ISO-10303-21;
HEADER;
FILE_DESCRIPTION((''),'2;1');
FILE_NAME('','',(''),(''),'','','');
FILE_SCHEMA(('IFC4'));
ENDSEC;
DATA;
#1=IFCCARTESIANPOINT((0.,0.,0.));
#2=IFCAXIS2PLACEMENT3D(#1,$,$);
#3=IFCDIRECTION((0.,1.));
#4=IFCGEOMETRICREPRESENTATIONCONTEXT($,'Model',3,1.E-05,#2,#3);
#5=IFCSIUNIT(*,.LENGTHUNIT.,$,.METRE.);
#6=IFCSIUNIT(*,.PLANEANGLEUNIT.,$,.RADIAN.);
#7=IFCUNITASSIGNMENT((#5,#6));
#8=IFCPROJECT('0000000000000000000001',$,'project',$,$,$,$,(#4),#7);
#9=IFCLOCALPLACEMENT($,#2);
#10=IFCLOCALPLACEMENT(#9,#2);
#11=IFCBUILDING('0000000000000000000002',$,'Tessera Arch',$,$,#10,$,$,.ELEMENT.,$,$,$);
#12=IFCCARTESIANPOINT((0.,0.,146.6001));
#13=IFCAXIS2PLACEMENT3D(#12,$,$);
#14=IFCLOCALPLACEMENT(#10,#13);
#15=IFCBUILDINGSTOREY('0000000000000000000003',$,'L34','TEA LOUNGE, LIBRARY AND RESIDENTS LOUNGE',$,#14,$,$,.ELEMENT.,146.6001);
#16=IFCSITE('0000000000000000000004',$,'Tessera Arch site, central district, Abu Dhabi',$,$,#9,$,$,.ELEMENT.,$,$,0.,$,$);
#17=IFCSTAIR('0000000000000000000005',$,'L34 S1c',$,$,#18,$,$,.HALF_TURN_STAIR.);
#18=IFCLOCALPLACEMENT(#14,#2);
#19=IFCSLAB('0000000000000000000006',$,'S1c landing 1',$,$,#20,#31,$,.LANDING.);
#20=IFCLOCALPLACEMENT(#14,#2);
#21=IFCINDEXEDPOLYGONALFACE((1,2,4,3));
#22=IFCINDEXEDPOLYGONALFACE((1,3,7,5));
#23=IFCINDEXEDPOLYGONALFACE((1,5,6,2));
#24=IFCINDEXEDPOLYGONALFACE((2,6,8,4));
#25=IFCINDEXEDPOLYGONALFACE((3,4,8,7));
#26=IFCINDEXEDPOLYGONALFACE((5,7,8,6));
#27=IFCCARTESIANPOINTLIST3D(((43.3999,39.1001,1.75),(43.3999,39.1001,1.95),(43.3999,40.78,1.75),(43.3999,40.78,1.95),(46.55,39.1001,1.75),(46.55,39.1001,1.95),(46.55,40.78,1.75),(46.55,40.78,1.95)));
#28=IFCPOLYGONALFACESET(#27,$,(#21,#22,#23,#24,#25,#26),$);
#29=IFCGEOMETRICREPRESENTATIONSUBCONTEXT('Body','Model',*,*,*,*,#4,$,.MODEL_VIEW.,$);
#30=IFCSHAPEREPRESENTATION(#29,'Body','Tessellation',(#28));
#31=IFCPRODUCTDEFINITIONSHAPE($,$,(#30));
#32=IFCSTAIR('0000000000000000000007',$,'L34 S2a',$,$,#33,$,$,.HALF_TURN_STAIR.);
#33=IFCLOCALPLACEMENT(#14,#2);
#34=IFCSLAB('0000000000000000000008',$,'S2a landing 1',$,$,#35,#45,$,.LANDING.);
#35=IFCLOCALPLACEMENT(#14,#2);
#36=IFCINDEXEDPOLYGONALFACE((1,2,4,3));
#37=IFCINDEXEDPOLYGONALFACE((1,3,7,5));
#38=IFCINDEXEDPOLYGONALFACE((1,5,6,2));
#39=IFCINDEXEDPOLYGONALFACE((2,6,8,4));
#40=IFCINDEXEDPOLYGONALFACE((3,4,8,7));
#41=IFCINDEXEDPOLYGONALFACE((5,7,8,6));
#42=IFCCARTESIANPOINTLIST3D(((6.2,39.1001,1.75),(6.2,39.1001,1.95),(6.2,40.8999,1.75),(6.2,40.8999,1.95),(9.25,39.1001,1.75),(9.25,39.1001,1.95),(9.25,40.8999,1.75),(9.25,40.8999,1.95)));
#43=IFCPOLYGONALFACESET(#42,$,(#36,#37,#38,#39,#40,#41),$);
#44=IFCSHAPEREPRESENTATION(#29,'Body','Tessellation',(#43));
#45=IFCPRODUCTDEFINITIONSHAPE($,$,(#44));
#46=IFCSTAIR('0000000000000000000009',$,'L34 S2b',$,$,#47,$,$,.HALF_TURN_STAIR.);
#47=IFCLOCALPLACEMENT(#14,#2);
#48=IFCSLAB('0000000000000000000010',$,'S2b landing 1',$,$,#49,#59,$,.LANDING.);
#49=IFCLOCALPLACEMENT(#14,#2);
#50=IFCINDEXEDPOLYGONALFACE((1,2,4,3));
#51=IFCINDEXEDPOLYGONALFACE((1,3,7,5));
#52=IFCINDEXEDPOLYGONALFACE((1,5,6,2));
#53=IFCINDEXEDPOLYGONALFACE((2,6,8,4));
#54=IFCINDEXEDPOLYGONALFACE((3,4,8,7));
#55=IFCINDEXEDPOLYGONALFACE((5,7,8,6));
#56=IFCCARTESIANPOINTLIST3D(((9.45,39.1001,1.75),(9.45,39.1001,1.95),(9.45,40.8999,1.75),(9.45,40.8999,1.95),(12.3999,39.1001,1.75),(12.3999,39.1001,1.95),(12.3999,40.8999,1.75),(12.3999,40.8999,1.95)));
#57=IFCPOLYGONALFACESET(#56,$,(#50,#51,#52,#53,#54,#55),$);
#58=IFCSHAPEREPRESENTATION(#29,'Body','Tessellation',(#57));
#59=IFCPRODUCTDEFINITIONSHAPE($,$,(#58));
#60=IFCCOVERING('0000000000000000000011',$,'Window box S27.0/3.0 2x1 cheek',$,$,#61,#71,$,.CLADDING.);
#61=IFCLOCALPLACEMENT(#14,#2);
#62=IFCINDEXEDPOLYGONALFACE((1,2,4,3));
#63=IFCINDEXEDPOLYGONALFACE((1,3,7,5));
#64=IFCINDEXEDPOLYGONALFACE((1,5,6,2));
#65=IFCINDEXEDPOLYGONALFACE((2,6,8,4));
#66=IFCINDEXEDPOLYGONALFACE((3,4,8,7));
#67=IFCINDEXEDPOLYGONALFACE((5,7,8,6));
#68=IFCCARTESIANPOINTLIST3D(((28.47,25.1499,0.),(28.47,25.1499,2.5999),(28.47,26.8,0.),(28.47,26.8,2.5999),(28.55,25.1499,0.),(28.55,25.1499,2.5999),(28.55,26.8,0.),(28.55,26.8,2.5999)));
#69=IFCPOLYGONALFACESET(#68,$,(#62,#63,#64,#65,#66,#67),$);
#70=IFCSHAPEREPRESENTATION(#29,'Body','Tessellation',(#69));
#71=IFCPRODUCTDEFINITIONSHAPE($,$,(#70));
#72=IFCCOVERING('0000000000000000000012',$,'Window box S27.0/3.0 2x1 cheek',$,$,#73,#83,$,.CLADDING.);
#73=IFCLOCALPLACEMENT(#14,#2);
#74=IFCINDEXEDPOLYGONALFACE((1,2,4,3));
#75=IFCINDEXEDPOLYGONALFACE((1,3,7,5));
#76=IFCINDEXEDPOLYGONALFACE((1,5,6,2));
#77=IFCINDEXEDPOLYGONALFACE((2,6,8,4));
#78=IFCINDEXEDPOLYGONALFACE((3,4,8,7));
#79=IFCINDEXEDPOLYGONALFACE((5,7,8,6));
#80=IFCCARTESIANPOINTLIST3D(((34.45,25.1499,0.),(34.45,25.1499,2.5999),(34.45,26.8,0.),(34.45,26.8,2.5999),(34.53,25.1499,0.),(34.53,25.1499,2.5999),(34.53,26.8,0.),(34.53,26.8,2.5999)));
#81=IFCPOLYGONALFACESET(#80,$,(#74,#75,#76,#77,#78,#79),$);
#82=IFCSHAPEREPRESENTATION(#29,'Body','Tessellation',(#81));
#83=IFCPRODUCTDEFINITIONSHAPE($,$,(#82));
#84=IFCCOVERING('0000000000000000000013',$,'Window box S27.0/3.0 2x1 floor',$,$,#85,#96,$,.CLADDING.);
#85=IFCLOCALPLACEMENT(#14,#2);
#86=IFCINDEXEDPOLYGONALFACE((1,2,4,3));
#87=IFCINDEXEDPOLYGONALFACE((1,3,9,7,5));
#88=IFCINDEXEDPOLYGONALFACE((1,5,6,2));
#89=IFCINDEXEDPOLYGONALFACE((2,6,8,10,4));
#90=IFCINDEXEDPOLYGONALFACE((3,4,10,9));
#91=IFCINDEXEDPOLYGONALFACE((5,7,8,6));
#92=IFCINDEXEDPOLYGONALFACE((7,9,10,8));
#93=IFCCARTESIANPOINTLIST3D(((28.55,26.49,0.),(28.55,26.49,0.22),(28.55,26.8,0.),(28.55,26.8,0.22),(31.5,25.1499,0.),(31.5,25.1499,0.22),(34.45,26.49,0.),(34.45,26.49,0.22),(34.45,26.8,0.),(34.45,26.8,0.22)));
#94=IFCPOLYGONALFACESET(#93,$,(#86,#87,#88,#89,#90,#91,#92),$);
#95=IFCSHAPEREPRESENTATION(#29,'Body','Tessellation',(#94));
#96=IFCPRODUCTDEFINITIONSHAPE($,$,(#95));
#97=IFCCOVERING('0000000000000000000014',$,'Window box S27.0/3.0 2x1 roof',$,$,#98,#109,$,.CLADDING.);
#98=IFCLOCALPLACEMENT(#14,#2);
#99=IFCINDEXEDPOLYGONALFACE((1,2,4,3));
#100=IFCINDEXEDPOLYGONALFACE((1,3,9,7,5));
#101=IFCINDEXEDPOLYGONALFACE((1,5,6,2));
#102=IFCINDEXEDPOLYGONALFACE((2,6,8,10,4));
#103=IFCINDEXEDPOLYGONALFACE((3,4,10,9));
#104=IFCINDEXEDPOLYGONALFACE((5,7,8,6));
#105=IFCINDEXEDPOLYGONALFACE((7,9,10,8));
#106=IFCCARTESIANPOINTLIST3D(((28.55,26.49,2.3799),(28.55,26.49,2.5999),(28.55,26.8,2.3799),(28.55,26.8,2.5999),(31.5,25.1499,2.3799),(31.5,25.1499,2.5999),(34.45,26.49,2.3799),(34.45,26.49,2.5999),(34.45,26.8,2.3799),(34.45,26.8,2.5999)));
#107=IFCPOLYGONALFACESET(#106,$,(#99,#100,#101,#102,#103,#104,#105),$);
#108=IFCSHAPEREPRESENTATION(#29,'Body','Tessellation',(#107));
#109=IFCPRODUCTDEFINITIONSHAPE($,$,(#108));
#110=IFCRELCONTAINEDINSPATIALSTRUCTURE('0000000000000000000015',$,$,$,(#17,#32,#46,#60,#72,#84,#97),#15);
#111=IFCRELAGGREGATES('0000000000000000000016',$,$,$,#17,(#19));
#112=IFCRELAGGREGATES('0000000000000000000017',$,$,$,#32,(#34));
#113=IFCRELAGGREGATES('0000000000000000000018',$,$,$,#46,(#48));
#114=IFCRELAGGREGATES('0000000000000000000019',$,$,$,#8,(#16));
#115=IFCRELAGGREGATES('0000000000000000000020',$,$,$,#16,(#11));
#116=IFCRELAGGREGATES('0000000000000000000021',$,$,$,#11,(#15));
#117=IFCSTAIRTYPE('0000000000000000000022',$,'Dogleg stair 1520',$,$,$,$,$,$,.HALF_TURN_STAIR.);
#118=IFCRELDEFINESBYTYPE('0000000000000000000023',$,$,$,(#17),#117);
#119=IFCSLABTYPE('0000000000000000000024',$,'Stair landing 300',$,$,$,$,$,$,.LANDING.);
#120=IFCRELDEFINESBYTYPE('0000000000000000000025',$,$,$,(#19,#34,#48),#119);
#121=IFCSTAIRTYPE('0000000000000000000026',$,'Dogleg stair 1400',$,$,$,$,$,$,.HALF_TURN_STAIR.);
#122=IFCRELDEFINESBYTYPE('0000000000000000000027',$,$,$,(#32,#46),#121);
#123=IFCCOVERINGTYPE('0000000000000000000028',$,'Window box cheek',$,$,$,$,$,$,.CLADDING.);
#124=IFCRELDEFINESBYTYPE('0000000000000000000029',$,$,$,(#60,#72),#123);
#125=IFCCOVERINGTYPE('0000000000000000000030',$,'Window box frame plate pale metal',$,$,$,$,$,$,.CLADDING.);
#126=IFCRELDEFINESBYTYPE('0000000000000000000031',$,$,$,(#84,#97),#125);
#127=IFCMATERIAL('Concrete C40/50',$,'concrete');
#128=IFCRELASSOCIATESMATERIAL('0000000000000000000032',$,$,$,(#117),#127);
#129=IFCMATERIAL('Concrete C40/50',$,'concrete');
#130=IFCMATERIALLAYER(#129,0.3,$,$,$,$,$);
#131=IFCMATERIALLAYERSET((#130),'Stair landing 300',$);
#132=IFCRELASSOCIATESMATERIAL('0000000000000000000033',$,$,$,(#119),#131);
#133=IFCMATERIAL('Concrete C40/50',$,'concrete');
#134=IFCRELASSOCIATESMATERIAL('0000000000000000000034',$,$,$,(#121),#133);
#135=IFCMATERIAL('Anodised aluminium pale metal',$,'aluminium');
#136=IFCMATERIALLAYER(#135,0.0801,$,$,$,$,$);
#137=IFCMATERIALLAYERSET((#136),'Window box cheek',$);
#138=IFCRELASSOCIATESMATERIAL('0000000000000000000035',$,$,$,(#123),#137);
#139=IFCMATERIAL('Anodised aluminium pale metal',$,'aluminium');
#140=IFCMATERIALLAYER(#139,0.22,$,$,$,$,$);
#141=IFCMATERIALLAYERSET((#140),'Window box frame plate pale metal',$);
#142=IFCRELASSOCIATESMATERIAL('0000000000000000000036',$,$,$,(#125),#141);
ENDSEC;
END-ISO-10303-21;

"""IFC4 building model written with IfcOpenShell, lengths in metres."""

from ifc_helpers import new_model, si_unit, direction, frame, origin, place, context, subcontext, project, spatial, polyline, outline, extrude, material, layer, layer_set, type_object, element, aggregate, save


model = new_model("IFC4")

# Units and contexts
model_context = context("Model", 3, precision=1e-05, world=origin(), true_north=direction((0.0, 1.0)))
body_context = subcontext(model_context, "Body", "Model", "MODEL_VIEW")
ifc_project = project(units=[si_unit("LENGTHUNIT", "METRE"), si_unit("PLANEANGLEUNIT", "RADIAN")], contexts=[model_context])

# Site, building, storey
site_placement = place(None, origin())
site = spatial("IfcSite", under=ifc_project, at=site_placement, Name="Tessera Arch site, central district, Abu Dhabi", CompositionType="ELEMENT", RefElevation=0.0)
building_placement = place(site_placement, origin())
building = spatial("IfcBuilding", under=site, at=building_placement, Name="Tessera Arch", CompositionType="ELEMENT")
storey_placement = place(building_placement, frame((0.0, 0.0, 146.6001)))
storey = spatial("IfcBuildingStorey", under=building, at=storey_placement, Name="L34", Description="TEA LOUNGE, LIBRARY AND RESIDENTS LOUNGE", CompositionType="ELEMENT", Elevation=146.6001)

# Stairs, slabs
ifc_material_1 = material(Name="Concrete C40/50", Category="concrete")
stair_type_1 = type_object("IfcStairType", Name="Dogleg stair 1520", PredefinedType="HALF_TURN_STAIR", material=ifc_material_1)
ifc_material_2 = material(Name="Concrete C40/50", Category="concrete")
ifc_layer_1 = layer(ifc_material_2, 0.3)
ifc_layer_set_1 = layer_set([ifc_layer_1], Name="Stair landing 300")
slab_type_1 = type_object("IfcSlabType", Name="Stair landing 300", PredefinedType="LANDING", material=ifc_layer_set_1)
stair_1_placement = place(storey_placement, origin())
stair_1 = element("IfcStair", 1, at=stair_1_placement, inside=storey, type_object=stair_type_1, Name="L34 S1c", PredefinedType="HALF_TURN_STAIR")
slab_1_placement = place(storey_placement, frame((0.0, 0.0, 1.75)))
slab_1 = element("IfcSlab", 2, at=slab_1_placement, type_object=slab_type_1, Name="S1c landing 1", PredefinedType="LANDING", context=body_context, shape_type="SweptSolid", body=[
    extrude(outline(polyline([(43.3999, 40.78), (43.3999, 39.1001), (46.55, 39.1001), (46.55, 40.78), (43.3999, 40.78)])), origin(), (0.0, 0.0, 1.0), 0.2),
])
aggregate(stair_1, [slab_1])
ifc_material_3 = material(Name="Concrete C40/50", Category="concrete")
stair_type_2 = type_object("IfcStairType", Name="Dogleg stair 1400", PredefinedType="HALF_TURN_STAIR", material=ifc_material_3)
stair_2_placement = place(storey_placement, origin())
stair_2 = element("IfcStair", 3, at=stair_2_placement, inside=storey, type_object=stair_type_2, Name="L34 S2a", PredefinedType="HALF_TURN_STAIR")
slab_2_placement = place(storey_placement, frame((0.0, 0.0, 1.75)))
slab_2 = element("IfcSlab", 4, at=slab_2_placement, type_object=slab_type_1, Name="S2a landing 1", PredefinedType="LANDING", context=body_context, shape_type="SweptSolid", body=[
    extrude(outline(polyline([(6.2, 40.8999), (6.2, 39.1001), (9.25, 39.1001), (9.25, 40.8999), (6.2, 40.8999)])), origin(), (0.0, 0.0, 1.0), 0.2),
])
aggregate(stair_2, [slab_2])
stair_3_placement = place(storey_placement, origin())
stair_3 = element("IfcStair", 5, at=stair_3_placement, inside=storey, type_object=stair_type_2, Name="L34 S2b", PredefinedType="HALF_TURN_STAIR")
slab_3_placement = place(storey_placement, frame((0.0, 0.0, 1.75)))
slab_3 = element("IfcSlab", 6, at=slab_3_placement, type_object=slab_type_1, Name="S2b landing 1", PredefinedType="LANDING", context=body_context, shape_type="SweptSolid", body=[
    extrude(outline(polyline([(9.45, 40.8999), (9.45, 39.1001), (12.3999, 39.1001), (12.3999, 40.8999), (9.45, 40.8999)])), origin(), (0.0, 0.0, 1.0), 0.2),
])
aggregate(stair_3, [slab_3])

# Coverings
ifc_material_4 = material(Name="Anodised aluminium pale metal", Category="aluminium")
ifc_layer_2 = layer(ifc_material_4, 0.0801)
ifc_layer_set_2 = layer_set([ifc_layer_2], Name="Window box cheek")
covering_type_1 = type_object("IfcCoveringType", Name="Window box cheek", PredefinedType="CLADDING", material=ifc_layer_set_2)
covering_1_placement = place(storey_placement, origin())
element("IfcCovering", 7, at=covering_1_placement, inside=storey, type_object=covering_type_1, Name="Window box S27.0/3.0 2x1 cheek", PredefinedType="CLADDING", context=body_context, shape_type="SweptSolid", body=[
    extrude(outline(polyline([(28.47, 25.1499), (28.55, 25.1499), (28.55, 26.8), (28.47, 26.8), (28.47, 25.1499)])), origin(), (0.0, 0.0, 1.0), 2.5999),
])
covering_2_placement = place(storey_placement, origin())
element("IfcCovering", 8, at=covering_2_placement, inside=storey, type_object=covering_type_1, Name="Window box S27.0/3.0 2x1 cheek", PredefinedType="CLADDING", context=body_context, shape_type="SweptSolid", body=[
    extrude(outline(polyline([(34.45, 25.1499), (34.53, 25.1499), (34.53, 26.8), (34.45, 26.8), (34.45, 25.1499)])), origin(), (0.0, 0.0, 1.0), 2.5999),
])
ifc_material_5 = material(Name="Anodised aluminium pale metal", Category="aluminium")
ifc_layer_3 = layer(ifc_material_5, 0.22)
ifc_layer_set_3 = layer_set([ifc_layer_3], Name="Window box frame plate pale metal")
covering_type_2 = type_object("IfcCoveringType", Name="Window box frame plate pale metal", PredefinedType="CLADDING", material=ifc_layer_set_3)
for number, where, name in (
    (9, (0.0, 0.0, 0.0), "Window box S27.0/3.0 2x1 floor"),
    (10, (0.0, 0.0, 2.3799), "Window box S27.0/3.0 2x1 roof"),
):
    element("IfcCovering", number, at=place(storey_placement, frame(where)), inside=storey, type_object=covering_type_2, Name=name, PredefinedType="CLADDING", context=body_context, shape_type="SweptSolid", body=[
        extrude(outline(polyline([(28.55, 26.49), (31.5, 25.1499), (34.45, 26.49), (34.45, 26.8), (28.55, 26.8), (28.55, 26.49)])), origin(), (0.0, 0.0, 1.0), 0.22),
    ])

save(model, "model.ifc")
